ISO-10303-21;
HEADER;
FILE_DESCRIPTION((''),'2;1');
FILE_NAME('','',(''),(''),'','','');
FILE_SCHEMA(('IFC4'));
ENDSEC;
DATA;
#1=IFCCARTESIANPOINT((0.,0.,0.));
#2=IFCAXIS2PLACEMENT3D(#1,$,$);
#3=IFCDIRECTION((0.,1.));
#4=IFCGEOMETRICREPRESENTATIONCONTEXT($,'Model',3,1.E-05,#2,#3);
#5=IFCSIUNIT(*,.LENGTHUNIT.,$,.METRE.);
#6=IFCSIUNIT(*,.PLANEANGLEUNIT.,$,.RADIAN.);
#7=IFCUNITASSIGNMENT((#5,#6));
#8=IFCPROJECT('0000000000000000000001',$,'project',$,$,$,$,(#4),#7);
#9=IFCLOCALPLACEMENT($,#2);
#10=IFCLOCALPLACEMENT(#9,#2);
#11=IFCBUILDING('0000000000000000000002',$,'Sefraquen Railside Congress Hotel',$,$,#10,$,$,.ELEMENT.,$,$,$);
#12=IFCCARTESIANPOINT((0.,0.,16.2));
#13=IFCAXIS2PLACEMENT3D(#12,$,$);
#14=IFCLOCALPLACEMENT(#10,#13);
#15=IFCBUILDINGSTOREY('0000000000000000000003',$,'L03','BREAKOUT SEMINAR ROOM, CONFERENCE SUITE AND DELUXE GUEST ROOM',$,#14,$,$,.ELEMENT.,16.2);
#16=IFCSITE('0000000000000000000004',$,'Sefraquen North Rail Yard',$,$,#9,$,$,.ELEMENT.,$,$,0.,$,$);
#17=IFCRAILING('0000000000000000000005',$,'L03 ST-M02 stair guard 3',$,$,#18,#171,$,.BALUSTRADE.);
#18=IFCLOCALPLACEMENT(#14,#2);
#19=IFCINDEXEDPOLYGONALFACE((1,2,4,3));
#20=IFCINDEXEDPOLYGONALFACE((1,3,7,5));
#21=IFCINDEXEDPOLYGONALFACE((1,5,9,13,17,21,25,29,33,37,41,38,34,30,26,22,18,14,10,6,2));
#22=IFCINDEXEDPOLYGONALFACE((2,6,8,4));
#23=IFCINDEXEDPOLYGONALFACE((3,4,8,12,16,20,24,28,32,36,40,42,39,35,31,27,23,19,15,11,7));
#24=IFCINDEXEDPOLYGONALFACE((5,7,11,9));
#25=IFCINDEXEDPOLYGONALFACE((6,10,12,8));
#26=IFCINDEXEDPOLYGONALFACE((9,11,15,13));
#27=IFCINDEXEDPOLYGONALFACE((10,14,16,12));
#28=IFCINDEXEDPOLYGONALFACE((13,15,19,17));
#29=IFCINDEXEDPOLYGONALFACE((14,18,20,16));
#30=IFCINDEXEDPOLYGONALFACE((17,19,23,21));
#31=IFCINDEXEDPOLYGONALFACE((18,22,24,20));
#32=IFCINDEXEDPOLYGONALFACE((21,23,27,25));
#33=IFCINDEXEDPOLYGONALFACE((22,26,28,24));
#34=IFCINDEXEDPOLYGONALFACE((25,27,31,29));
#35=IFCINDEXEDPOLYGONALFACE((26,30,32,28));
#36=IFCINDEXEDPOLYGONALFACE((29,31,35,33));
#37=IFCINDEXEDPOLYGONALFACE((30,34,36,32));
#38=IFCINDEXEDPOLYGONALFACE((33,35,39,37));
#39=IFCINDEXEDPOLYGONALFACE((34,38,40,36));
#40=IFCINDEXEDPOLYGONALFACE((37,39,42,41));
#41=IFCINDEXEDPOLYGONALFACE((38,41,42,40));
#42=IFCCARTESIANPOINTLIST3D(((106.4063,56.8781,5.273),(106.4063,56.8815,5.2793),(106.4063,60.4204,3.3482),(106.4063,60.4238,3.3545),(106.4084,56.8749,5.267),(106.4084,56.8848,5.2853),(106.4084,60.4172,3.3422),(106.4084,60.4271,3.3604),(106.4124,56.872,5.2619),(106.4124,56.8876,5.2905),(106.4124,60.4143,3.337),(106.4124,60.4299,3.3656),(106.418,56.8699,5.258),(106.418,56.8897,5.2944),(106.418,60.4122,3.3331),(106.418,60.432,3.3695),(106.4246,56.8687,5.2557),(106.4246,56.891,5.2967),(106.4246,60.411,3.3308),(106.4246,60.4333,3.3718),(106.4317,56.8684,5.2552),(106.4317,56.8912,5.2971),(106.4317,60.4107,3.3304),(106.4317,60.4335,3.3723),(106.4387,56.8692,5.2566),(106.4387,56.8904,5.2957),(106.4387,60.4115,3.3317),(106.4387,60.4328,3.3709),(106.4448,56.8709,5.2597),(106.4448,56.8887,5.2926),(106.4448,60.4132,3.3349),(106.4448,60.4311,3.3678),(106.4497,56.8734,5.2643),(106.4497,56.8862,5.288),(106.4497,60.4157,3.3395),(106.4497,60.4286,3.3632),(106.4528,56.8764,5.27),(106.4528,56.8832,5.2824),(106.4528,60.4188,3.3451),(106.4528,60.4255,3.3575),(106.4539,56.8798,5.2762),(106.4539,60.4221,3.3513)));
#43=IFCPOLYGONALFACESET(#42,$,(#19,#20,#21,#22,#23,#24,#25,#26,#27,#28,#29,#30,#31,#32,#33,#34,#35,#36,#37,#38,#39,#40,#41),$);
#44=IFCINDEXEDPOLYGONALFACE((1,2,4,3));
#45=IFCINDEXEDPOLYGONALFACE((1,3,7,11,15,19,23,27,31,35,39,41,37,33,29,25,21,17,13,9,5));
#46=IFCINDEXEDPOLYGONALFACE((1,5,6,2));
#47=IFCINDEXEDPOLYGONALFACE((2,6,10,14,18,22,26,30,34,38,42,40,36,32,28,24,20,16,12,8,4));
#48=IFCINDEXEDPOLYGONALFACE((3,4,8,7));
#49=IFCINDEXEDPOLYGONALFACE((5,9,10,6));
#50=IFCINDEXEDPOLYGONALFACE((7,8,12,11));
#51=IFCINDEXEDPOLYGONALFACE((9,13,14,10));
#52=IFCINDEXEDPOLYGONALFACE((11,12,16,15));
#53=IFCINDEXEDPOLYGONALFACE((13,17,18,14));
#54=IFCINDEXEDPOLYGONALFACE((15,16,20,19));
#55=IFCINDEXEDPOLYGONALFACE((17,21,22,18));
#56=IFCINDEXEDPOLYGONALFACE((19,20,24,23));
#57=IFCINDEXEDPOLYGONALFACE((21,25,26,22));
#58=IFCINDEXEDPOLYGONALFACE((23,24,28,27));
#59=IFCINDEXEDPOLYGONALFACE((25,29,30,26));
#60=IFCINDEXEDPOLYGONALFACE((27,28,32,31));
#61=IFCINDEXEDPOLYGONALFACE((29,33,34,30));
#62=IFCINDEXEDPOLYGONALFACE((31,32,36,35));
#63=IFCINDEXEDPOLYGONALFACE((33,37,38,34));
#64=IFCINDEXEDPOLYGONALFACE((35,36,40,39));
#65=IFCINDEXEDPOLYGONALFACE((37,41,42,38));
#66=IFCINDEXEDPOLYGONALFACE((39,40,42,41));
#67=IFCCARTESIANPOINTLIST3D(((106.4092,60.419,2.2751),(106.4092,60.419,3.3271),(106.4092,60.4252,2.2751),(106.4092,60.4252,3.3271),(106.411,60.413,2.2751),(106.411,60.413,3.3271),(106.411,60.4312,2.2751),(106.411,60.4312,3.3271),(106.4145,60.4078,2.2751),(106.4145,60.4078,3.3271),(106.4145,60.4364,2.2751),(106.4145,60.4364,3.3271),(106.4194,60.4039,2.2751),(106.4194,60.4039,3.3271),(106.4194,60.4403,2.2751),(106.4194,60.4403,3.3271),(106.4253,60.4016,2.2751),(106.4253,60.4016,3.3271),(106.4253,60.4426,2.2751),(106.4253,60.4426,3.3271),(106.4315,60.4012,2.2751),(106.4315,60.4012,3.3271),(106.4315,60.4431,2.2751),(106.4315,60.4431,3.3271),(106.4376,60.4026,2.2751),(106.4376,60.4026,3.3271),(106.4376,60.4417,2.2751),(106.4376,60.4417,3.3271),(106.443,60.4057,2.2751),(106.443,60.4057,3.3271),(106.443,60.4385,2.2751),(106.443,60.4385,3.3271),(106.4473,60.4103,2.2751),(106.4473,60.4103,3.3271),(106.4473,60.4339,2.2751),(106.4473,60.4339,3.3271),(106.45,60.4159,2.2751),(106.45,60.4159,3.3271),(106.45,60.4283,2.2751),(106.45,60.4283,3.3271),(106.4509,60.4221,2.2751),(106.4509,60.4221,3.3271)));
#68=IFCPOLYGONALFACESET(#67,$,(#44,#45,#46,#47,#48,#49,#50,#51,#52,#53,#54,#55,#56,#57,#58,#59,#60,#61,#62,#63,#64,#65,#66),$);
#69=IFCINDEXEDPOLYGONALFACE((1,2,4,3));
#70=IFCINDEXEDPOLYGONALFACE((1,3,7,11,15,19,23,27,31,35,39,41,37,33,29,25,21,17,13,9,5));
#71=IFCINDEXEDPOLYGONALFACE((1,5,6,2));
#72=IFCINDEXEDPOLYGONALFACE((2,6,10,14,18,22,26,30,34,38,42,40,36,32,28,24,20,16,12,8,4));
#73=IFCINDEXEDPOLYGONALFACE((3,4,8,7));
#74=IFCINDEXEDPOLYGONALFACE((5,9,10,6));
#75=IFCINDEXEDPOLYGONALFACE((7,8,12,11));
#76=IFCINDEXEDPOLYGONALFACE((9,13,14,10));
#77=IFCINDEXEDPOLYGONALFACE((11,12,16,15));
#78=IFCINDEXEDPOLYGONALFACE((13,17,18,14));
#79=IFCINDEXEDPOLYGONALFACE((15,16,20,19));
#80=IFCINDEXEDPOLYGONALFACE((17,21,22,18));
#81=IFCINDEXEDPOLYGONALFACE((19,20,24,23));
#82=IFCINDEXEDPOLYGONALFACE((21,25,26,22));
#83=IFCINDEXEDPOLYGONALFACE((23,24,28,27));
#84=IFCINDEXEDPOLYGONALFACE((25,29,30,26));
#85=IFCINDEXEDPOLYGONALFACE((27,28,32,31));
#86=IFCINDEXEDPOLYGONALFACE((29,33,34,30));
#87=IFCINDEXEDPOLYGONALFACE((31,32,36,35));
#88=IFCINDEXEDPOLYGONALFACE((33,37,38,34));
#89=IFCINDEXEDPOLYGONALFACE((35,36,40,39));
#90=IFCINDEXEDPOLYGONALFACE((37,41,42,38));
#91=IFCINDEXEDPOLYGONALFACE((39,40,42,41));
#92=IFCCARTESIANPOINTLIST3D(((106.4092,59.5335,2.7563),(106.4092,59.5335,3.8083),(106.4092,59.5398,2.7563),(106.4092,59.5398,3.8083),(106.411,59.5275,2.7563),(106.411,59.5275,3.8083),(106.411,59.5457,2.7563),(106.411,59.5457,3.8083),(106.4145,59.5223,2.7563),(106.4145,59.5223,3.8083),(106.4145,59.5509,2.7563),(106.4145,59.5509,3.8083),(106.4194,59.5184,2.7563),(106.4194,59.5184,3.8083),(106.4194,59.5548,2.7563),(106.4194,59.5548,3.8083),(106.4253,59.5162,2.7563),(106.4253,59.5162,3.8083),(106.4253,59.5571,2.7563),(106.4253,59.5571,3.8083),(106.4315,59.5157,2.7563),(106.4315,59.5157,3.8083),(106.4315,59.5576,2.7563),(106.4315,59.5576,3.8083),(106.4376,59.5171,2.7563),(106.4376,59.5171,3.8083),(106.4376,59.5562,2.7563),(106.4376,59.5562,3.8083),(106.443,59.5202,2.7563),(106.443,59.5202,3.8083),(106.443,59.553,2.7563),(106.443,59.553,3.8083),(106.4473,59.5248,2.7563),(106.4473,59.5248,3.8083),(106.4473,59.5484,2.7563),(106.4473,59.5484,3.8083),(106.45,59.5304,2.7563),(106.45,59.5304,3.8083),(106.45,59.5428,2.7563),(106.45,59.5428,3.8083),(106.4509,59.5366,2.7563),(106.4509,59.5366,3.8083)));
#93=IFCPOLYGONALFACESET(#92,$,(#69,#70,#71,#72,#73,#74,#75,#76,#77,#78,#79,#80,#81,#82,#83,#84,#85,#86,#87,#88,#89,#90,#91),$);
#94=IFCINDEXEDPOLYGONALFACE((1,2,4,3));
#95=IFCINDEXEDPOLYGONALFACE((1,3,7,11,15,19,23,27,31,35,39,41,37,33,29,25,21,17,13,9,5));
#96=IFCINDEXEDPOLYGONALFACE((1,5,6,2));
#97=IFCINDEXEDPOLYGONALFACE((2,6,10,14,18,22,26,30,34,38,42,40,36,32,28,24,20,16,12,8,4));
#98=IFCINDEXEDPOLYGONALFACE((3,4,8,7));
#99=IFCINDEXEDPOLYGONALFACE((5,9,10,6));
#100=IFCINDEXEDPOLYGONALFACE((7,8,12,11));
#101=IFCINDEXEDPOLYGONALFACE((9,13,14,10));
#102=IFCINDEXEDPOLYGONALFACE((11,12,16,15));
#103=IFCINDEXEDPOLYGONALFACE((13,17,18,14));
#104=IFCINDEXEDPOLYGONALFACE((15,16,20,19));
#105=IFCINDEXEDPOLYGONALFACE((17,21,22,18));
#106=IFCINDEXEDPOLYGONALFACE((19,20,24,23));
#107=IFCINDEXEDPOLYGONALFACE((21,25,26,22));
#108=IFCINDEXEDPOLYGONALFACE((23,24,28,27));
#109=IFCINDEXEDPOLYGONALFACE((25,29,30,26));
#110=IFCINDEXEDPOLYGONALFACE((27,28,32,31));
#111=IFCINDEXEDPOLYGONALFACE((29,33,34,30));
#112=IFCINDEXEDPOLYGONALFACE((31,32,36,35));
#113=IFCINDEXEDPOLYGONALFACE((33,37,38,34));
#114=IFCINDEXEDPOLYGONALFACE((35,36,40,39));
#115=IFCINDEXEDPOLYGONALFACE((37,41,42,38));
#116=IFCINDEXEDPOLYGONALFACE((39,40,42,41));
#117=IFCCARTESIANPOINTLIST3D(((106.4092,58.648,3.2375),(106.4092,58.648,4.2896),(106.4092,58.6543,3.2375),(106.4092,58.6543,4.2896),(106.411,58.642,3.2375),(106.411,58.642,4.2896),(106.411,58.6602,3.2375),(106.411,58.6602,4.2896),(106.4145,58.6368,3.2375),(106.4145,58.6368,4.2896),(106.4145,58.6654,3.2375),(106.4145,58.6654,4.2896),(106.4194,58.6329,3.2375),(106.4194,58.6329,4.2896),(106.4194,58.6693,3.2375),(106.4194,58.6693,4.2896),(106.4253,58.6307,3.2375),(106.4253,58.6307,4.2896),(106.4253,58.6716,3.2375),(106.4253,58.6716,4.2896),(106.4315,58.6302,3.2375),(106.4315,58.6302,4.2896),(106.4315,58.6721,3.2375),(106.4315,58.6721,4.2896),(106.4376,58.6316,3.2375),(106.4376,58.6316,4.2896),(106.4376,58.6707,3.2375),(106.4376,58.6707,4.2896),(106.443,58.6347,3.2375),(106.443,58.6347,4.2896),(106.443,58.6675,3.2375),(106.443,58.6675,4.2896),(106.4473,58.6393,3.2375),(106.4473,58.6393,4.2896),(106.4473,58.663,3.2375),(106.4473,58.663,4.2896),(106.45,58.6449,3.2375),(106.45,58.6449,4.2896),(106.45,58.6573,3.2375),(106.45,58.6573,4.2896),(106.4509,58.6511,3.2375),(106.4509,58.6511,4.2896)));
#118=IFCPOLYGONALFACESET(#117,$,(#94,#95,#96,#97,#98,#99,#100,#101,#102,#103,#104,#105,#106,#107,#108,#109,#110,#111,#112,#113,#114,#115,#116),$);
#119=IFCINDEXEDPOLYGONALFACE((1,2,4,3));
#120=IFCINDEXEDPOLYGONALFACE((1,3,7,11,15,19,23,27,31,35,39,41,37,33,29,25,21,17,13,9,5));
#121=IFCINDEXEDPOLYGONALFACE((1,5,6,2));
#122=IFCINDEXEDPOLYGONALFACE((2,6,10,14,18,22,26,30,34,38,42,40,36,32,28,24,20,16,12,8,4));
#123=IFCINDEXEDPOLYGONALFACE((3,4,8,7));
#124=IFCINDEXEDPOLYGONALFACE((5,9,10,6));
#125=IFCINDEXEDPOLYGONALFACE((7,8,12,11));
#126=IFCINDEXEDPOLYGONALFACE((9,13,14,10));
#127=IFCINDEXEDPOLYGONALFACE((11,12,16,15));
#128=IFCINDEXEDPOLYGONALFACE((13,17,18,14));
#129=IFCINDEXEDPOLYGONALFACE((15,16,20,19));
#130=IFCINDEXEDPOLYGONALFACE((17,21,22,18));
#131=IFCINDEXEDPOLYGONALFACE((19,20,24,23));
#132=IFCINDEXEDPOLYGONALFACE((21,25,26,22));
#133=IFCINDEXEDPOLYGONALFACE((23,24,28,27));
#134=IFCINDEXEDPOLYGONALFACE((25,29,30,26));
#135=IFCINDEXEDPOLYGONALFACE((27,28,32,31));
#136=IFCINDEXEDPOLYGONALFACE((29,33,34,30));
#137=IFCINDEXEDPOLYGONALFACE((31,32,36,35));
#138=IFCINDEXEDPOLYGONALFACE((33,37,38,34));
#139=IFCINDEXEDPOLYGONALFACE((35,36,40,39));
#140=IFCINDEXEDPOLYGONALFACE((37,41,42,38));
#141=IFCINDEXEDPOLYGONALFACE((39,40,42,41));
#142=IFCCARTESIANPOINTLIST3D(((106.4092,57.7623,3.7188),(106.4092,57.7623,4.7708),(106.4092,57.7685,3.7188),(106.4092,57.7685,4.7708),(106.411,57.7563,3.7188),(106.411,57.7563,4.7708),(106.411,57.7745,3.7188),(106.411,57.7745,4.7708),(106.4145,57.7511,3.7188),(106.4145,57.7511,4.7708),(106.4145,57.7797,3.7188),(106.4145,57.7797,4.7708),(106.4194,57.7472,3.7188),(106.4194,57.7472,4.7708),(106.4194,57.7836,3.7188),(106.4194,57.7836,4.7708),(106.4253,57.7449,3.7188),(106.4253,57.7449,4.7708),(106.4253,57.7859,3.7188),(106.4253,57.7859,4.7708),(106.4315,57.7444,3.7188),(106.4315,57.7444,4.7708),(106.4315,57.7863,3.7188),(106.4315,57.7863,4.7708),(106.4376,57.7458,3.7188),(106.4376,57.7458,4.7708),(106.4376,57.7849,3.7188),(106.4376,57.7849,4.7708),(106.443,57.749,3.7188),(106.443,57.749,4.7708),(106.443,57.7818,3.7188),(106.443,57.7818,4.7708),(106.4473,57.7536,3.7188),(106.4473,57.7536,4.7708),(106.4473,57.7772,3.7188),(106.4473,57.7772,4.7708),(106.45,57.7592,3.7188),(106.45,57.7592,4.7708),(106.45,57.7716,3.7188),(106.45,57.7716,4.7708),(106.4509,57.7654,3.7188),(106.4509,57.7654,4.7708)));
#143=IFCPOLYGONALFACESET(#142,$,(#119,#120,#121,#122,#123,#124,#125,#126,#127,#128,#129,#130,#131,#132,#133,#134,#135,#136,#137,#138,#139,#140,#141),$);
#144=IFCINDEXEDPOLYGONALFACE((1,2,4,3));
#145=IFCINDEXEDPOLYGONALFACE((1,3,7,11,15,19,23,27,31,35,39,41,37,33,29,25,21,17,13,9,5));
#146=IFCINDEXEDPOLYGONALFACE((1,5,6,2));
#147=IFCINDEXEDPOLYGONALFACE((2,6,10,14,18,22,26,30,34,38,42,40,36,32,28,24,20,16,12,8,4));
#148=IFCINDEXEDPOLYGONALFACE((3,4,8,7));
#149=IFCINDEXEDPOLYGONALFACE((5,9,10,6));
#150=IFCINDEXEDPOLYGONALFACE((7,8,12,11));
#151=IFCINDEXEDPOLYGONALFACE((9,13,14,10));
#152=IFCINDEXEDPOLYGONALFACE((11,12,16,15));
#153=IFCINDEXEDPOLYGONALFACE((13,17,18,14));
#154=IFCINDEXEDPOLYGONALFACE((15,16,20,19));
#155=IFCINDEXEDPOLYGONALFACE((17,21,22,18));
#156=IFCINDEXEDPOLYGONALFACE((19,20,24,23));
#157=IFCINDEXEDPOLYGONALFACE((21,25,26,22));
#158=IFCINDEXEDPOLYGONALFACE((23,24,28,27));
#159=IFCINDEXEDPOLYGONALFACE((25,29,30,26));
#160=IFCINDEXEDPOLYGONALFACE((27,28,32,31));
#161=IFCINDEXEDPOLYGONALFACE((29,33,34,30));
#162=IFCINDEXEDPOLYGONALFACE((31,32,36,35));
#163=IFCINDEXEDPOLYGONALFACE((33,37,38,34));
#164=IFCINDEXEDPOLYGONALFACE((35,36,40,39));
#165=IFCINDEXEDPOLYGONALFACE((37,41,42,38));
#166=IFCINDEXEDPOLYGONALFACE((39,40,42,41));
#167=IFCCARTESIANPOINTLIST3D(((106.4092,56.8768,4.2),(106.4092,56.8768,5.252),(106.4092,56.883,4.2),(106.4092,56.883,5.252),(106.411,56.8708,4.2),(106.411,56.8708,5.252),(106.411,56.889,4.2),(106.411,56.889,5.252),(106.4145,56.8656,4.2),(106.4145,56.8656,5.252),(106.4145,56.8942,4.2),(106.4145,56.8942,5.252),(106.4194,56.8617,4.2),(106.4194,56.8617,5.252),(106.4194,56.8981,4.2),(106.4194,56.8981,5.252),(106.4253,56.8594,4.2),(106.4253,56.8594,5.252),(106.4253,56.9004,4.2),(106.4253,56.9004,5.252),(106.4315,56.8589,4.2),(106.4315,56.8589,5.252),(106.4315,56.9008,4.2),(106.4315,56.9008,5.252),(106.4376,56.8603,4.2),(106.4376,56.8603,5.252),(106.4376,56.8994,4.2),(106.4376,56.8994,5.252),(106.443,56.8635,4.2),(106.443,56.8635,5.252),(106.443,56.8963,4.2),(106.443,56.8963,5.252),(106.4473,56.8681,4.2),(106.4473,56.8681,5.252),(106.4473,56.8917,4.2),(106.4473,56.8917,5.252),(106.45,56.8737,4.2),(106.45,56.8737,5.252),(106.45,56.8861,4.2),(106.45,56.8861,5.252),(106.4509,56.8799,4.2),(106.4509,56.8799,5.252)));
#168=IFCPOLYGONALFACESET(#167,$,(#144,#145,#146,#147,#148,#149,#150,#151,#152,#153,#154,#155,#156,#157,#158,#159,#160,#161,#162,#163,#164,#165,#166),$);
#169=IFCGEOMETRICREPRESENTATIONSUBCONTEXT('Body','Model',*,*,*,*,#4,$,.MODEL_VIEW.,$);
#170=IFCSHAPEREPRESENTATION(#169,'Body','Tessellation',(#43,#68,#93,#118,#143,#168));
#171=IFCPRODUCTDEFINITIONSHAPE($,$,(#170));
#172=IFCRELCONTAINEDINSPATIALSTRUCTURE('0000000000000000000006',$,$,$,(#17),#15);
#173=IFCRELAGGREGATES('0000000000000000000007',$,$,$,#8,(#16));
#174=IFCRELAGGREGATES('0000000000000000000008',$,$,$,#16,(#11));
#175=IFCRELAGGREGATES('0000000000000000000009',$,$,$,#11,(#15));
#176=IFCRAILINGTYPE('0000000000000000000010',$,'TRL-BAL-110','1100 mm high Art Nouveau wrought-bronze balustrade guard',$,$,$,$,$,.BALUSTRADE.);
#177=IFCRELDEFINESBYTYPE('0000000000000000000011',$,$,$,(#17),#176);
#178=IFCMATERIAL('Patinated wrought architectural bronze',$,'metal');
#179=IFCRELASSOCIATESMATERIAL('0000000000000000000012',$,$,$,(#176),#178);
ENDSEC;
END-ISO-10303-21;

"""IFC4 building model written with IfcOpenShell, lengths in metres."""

from ifc_helpers import new_model, si_unit, direction, frame, origin, origin_2d, place, context, subcontext, project, spatial, circle, extrude, material, type_object, element, save


model = new_model("IFC4")

# Units and contexts
model_context = context("Model", 3, precision=1e-05, world=origin(), true_north=direction((0.0, 1.0)))
body_context = subcontext(model_context, "Body", "Model", "MODEL_VIEW")
ifc_project = project(units=[si_unit("LENGTHUNIT", "METRE"), si_unit("PLANEANGLEUNIT", "RADIAN")], contexts=[model_context])

# Site, building, storey
site_placement = place(None, origin())
site = spatial("IfcSite", under=ifc_project, at=site_placement, Name="Sefraquen North Rail Yard", CompositionType="ELEMENT", RefElevation=0.0)
building_placement = place(site_placement, origin())
building = spatial("IfcBuilding", under=site, at=building_placement, Name="Sefraquen Railside Congress Hotel", CompositionType="ELEMENT")
storey_placement = place(building_placement, frame((0.0, 0.0, 16.2)))
storey = spatial("IfcBuildingStorey", under=building, at=storey_placement, Name="L03", Description="BREAKOUT SEMINAR ROOM, CONFERENCE SUITE AND DELUXE GUEST ROOM", CompositionType="ELEMENT", Elevation=16.2)

# Railing
ifc_material_1 = material(Name="Patinated wrought architectural bronze", Category="metal")
railing_type_1 = type_object("IfcRailingType", Name="TRL-BAL-110", Description="1100 mm high Art Nouveau wrought-bronze balustrade guard", PredefinedType="BALUSTRADE", material=ifc_material_1)
railing_1_placement = place(storey_placement, frame((106.4299, 60.4221, 2.2751)))
element("IfcRailing", 1, at=railing_1_placement, inside=storey, type_object=railing_type_1, Name="L03 ST-M02 stair guard 3", PredefinedType="BALUSTRADE", context=body_context, shape_type="SweptSolid", body=[
    extrude(circle(Radius=0.0239, at=origin_2d()), frame((0.0, 0.0, 1.0762), z_axis=(0.0, -0.878658, 0.477451), x_axis=(1.0, 0.0, 0.0)), (0.0, 0.0, 1.0), 4.0315),
    extrude(circle(Radius=0.021, at=origin_2d()), origin(), (0.0, 0.0, 1.0), 1.052),
    extrude(circle(Radius=0.021, at=origin_2d()), frame((0.0, -0.8855, 0.4812)), (0.0, 0.0, 1.0), 1.052),
    extrude(circle(Radius=0.021, at=origin_2d()), frame((0.0, -1.771, 0.9624)), (0.0, 0.0, 1.0), 1.052),
    extrude(circle(Radius=0.021, at=origin_2d()), frame((0.0, -2.6567, 1.4436)), (0.0, 0.0, 1.0), 1.052),
    extrude(circle(Radius=0.021, at=origin_2d()), frame((0.0, -3.5422, 1.9248)), (0.0, 0.0, 1.0), 1.052),
])

save(model, "model.ifc")
